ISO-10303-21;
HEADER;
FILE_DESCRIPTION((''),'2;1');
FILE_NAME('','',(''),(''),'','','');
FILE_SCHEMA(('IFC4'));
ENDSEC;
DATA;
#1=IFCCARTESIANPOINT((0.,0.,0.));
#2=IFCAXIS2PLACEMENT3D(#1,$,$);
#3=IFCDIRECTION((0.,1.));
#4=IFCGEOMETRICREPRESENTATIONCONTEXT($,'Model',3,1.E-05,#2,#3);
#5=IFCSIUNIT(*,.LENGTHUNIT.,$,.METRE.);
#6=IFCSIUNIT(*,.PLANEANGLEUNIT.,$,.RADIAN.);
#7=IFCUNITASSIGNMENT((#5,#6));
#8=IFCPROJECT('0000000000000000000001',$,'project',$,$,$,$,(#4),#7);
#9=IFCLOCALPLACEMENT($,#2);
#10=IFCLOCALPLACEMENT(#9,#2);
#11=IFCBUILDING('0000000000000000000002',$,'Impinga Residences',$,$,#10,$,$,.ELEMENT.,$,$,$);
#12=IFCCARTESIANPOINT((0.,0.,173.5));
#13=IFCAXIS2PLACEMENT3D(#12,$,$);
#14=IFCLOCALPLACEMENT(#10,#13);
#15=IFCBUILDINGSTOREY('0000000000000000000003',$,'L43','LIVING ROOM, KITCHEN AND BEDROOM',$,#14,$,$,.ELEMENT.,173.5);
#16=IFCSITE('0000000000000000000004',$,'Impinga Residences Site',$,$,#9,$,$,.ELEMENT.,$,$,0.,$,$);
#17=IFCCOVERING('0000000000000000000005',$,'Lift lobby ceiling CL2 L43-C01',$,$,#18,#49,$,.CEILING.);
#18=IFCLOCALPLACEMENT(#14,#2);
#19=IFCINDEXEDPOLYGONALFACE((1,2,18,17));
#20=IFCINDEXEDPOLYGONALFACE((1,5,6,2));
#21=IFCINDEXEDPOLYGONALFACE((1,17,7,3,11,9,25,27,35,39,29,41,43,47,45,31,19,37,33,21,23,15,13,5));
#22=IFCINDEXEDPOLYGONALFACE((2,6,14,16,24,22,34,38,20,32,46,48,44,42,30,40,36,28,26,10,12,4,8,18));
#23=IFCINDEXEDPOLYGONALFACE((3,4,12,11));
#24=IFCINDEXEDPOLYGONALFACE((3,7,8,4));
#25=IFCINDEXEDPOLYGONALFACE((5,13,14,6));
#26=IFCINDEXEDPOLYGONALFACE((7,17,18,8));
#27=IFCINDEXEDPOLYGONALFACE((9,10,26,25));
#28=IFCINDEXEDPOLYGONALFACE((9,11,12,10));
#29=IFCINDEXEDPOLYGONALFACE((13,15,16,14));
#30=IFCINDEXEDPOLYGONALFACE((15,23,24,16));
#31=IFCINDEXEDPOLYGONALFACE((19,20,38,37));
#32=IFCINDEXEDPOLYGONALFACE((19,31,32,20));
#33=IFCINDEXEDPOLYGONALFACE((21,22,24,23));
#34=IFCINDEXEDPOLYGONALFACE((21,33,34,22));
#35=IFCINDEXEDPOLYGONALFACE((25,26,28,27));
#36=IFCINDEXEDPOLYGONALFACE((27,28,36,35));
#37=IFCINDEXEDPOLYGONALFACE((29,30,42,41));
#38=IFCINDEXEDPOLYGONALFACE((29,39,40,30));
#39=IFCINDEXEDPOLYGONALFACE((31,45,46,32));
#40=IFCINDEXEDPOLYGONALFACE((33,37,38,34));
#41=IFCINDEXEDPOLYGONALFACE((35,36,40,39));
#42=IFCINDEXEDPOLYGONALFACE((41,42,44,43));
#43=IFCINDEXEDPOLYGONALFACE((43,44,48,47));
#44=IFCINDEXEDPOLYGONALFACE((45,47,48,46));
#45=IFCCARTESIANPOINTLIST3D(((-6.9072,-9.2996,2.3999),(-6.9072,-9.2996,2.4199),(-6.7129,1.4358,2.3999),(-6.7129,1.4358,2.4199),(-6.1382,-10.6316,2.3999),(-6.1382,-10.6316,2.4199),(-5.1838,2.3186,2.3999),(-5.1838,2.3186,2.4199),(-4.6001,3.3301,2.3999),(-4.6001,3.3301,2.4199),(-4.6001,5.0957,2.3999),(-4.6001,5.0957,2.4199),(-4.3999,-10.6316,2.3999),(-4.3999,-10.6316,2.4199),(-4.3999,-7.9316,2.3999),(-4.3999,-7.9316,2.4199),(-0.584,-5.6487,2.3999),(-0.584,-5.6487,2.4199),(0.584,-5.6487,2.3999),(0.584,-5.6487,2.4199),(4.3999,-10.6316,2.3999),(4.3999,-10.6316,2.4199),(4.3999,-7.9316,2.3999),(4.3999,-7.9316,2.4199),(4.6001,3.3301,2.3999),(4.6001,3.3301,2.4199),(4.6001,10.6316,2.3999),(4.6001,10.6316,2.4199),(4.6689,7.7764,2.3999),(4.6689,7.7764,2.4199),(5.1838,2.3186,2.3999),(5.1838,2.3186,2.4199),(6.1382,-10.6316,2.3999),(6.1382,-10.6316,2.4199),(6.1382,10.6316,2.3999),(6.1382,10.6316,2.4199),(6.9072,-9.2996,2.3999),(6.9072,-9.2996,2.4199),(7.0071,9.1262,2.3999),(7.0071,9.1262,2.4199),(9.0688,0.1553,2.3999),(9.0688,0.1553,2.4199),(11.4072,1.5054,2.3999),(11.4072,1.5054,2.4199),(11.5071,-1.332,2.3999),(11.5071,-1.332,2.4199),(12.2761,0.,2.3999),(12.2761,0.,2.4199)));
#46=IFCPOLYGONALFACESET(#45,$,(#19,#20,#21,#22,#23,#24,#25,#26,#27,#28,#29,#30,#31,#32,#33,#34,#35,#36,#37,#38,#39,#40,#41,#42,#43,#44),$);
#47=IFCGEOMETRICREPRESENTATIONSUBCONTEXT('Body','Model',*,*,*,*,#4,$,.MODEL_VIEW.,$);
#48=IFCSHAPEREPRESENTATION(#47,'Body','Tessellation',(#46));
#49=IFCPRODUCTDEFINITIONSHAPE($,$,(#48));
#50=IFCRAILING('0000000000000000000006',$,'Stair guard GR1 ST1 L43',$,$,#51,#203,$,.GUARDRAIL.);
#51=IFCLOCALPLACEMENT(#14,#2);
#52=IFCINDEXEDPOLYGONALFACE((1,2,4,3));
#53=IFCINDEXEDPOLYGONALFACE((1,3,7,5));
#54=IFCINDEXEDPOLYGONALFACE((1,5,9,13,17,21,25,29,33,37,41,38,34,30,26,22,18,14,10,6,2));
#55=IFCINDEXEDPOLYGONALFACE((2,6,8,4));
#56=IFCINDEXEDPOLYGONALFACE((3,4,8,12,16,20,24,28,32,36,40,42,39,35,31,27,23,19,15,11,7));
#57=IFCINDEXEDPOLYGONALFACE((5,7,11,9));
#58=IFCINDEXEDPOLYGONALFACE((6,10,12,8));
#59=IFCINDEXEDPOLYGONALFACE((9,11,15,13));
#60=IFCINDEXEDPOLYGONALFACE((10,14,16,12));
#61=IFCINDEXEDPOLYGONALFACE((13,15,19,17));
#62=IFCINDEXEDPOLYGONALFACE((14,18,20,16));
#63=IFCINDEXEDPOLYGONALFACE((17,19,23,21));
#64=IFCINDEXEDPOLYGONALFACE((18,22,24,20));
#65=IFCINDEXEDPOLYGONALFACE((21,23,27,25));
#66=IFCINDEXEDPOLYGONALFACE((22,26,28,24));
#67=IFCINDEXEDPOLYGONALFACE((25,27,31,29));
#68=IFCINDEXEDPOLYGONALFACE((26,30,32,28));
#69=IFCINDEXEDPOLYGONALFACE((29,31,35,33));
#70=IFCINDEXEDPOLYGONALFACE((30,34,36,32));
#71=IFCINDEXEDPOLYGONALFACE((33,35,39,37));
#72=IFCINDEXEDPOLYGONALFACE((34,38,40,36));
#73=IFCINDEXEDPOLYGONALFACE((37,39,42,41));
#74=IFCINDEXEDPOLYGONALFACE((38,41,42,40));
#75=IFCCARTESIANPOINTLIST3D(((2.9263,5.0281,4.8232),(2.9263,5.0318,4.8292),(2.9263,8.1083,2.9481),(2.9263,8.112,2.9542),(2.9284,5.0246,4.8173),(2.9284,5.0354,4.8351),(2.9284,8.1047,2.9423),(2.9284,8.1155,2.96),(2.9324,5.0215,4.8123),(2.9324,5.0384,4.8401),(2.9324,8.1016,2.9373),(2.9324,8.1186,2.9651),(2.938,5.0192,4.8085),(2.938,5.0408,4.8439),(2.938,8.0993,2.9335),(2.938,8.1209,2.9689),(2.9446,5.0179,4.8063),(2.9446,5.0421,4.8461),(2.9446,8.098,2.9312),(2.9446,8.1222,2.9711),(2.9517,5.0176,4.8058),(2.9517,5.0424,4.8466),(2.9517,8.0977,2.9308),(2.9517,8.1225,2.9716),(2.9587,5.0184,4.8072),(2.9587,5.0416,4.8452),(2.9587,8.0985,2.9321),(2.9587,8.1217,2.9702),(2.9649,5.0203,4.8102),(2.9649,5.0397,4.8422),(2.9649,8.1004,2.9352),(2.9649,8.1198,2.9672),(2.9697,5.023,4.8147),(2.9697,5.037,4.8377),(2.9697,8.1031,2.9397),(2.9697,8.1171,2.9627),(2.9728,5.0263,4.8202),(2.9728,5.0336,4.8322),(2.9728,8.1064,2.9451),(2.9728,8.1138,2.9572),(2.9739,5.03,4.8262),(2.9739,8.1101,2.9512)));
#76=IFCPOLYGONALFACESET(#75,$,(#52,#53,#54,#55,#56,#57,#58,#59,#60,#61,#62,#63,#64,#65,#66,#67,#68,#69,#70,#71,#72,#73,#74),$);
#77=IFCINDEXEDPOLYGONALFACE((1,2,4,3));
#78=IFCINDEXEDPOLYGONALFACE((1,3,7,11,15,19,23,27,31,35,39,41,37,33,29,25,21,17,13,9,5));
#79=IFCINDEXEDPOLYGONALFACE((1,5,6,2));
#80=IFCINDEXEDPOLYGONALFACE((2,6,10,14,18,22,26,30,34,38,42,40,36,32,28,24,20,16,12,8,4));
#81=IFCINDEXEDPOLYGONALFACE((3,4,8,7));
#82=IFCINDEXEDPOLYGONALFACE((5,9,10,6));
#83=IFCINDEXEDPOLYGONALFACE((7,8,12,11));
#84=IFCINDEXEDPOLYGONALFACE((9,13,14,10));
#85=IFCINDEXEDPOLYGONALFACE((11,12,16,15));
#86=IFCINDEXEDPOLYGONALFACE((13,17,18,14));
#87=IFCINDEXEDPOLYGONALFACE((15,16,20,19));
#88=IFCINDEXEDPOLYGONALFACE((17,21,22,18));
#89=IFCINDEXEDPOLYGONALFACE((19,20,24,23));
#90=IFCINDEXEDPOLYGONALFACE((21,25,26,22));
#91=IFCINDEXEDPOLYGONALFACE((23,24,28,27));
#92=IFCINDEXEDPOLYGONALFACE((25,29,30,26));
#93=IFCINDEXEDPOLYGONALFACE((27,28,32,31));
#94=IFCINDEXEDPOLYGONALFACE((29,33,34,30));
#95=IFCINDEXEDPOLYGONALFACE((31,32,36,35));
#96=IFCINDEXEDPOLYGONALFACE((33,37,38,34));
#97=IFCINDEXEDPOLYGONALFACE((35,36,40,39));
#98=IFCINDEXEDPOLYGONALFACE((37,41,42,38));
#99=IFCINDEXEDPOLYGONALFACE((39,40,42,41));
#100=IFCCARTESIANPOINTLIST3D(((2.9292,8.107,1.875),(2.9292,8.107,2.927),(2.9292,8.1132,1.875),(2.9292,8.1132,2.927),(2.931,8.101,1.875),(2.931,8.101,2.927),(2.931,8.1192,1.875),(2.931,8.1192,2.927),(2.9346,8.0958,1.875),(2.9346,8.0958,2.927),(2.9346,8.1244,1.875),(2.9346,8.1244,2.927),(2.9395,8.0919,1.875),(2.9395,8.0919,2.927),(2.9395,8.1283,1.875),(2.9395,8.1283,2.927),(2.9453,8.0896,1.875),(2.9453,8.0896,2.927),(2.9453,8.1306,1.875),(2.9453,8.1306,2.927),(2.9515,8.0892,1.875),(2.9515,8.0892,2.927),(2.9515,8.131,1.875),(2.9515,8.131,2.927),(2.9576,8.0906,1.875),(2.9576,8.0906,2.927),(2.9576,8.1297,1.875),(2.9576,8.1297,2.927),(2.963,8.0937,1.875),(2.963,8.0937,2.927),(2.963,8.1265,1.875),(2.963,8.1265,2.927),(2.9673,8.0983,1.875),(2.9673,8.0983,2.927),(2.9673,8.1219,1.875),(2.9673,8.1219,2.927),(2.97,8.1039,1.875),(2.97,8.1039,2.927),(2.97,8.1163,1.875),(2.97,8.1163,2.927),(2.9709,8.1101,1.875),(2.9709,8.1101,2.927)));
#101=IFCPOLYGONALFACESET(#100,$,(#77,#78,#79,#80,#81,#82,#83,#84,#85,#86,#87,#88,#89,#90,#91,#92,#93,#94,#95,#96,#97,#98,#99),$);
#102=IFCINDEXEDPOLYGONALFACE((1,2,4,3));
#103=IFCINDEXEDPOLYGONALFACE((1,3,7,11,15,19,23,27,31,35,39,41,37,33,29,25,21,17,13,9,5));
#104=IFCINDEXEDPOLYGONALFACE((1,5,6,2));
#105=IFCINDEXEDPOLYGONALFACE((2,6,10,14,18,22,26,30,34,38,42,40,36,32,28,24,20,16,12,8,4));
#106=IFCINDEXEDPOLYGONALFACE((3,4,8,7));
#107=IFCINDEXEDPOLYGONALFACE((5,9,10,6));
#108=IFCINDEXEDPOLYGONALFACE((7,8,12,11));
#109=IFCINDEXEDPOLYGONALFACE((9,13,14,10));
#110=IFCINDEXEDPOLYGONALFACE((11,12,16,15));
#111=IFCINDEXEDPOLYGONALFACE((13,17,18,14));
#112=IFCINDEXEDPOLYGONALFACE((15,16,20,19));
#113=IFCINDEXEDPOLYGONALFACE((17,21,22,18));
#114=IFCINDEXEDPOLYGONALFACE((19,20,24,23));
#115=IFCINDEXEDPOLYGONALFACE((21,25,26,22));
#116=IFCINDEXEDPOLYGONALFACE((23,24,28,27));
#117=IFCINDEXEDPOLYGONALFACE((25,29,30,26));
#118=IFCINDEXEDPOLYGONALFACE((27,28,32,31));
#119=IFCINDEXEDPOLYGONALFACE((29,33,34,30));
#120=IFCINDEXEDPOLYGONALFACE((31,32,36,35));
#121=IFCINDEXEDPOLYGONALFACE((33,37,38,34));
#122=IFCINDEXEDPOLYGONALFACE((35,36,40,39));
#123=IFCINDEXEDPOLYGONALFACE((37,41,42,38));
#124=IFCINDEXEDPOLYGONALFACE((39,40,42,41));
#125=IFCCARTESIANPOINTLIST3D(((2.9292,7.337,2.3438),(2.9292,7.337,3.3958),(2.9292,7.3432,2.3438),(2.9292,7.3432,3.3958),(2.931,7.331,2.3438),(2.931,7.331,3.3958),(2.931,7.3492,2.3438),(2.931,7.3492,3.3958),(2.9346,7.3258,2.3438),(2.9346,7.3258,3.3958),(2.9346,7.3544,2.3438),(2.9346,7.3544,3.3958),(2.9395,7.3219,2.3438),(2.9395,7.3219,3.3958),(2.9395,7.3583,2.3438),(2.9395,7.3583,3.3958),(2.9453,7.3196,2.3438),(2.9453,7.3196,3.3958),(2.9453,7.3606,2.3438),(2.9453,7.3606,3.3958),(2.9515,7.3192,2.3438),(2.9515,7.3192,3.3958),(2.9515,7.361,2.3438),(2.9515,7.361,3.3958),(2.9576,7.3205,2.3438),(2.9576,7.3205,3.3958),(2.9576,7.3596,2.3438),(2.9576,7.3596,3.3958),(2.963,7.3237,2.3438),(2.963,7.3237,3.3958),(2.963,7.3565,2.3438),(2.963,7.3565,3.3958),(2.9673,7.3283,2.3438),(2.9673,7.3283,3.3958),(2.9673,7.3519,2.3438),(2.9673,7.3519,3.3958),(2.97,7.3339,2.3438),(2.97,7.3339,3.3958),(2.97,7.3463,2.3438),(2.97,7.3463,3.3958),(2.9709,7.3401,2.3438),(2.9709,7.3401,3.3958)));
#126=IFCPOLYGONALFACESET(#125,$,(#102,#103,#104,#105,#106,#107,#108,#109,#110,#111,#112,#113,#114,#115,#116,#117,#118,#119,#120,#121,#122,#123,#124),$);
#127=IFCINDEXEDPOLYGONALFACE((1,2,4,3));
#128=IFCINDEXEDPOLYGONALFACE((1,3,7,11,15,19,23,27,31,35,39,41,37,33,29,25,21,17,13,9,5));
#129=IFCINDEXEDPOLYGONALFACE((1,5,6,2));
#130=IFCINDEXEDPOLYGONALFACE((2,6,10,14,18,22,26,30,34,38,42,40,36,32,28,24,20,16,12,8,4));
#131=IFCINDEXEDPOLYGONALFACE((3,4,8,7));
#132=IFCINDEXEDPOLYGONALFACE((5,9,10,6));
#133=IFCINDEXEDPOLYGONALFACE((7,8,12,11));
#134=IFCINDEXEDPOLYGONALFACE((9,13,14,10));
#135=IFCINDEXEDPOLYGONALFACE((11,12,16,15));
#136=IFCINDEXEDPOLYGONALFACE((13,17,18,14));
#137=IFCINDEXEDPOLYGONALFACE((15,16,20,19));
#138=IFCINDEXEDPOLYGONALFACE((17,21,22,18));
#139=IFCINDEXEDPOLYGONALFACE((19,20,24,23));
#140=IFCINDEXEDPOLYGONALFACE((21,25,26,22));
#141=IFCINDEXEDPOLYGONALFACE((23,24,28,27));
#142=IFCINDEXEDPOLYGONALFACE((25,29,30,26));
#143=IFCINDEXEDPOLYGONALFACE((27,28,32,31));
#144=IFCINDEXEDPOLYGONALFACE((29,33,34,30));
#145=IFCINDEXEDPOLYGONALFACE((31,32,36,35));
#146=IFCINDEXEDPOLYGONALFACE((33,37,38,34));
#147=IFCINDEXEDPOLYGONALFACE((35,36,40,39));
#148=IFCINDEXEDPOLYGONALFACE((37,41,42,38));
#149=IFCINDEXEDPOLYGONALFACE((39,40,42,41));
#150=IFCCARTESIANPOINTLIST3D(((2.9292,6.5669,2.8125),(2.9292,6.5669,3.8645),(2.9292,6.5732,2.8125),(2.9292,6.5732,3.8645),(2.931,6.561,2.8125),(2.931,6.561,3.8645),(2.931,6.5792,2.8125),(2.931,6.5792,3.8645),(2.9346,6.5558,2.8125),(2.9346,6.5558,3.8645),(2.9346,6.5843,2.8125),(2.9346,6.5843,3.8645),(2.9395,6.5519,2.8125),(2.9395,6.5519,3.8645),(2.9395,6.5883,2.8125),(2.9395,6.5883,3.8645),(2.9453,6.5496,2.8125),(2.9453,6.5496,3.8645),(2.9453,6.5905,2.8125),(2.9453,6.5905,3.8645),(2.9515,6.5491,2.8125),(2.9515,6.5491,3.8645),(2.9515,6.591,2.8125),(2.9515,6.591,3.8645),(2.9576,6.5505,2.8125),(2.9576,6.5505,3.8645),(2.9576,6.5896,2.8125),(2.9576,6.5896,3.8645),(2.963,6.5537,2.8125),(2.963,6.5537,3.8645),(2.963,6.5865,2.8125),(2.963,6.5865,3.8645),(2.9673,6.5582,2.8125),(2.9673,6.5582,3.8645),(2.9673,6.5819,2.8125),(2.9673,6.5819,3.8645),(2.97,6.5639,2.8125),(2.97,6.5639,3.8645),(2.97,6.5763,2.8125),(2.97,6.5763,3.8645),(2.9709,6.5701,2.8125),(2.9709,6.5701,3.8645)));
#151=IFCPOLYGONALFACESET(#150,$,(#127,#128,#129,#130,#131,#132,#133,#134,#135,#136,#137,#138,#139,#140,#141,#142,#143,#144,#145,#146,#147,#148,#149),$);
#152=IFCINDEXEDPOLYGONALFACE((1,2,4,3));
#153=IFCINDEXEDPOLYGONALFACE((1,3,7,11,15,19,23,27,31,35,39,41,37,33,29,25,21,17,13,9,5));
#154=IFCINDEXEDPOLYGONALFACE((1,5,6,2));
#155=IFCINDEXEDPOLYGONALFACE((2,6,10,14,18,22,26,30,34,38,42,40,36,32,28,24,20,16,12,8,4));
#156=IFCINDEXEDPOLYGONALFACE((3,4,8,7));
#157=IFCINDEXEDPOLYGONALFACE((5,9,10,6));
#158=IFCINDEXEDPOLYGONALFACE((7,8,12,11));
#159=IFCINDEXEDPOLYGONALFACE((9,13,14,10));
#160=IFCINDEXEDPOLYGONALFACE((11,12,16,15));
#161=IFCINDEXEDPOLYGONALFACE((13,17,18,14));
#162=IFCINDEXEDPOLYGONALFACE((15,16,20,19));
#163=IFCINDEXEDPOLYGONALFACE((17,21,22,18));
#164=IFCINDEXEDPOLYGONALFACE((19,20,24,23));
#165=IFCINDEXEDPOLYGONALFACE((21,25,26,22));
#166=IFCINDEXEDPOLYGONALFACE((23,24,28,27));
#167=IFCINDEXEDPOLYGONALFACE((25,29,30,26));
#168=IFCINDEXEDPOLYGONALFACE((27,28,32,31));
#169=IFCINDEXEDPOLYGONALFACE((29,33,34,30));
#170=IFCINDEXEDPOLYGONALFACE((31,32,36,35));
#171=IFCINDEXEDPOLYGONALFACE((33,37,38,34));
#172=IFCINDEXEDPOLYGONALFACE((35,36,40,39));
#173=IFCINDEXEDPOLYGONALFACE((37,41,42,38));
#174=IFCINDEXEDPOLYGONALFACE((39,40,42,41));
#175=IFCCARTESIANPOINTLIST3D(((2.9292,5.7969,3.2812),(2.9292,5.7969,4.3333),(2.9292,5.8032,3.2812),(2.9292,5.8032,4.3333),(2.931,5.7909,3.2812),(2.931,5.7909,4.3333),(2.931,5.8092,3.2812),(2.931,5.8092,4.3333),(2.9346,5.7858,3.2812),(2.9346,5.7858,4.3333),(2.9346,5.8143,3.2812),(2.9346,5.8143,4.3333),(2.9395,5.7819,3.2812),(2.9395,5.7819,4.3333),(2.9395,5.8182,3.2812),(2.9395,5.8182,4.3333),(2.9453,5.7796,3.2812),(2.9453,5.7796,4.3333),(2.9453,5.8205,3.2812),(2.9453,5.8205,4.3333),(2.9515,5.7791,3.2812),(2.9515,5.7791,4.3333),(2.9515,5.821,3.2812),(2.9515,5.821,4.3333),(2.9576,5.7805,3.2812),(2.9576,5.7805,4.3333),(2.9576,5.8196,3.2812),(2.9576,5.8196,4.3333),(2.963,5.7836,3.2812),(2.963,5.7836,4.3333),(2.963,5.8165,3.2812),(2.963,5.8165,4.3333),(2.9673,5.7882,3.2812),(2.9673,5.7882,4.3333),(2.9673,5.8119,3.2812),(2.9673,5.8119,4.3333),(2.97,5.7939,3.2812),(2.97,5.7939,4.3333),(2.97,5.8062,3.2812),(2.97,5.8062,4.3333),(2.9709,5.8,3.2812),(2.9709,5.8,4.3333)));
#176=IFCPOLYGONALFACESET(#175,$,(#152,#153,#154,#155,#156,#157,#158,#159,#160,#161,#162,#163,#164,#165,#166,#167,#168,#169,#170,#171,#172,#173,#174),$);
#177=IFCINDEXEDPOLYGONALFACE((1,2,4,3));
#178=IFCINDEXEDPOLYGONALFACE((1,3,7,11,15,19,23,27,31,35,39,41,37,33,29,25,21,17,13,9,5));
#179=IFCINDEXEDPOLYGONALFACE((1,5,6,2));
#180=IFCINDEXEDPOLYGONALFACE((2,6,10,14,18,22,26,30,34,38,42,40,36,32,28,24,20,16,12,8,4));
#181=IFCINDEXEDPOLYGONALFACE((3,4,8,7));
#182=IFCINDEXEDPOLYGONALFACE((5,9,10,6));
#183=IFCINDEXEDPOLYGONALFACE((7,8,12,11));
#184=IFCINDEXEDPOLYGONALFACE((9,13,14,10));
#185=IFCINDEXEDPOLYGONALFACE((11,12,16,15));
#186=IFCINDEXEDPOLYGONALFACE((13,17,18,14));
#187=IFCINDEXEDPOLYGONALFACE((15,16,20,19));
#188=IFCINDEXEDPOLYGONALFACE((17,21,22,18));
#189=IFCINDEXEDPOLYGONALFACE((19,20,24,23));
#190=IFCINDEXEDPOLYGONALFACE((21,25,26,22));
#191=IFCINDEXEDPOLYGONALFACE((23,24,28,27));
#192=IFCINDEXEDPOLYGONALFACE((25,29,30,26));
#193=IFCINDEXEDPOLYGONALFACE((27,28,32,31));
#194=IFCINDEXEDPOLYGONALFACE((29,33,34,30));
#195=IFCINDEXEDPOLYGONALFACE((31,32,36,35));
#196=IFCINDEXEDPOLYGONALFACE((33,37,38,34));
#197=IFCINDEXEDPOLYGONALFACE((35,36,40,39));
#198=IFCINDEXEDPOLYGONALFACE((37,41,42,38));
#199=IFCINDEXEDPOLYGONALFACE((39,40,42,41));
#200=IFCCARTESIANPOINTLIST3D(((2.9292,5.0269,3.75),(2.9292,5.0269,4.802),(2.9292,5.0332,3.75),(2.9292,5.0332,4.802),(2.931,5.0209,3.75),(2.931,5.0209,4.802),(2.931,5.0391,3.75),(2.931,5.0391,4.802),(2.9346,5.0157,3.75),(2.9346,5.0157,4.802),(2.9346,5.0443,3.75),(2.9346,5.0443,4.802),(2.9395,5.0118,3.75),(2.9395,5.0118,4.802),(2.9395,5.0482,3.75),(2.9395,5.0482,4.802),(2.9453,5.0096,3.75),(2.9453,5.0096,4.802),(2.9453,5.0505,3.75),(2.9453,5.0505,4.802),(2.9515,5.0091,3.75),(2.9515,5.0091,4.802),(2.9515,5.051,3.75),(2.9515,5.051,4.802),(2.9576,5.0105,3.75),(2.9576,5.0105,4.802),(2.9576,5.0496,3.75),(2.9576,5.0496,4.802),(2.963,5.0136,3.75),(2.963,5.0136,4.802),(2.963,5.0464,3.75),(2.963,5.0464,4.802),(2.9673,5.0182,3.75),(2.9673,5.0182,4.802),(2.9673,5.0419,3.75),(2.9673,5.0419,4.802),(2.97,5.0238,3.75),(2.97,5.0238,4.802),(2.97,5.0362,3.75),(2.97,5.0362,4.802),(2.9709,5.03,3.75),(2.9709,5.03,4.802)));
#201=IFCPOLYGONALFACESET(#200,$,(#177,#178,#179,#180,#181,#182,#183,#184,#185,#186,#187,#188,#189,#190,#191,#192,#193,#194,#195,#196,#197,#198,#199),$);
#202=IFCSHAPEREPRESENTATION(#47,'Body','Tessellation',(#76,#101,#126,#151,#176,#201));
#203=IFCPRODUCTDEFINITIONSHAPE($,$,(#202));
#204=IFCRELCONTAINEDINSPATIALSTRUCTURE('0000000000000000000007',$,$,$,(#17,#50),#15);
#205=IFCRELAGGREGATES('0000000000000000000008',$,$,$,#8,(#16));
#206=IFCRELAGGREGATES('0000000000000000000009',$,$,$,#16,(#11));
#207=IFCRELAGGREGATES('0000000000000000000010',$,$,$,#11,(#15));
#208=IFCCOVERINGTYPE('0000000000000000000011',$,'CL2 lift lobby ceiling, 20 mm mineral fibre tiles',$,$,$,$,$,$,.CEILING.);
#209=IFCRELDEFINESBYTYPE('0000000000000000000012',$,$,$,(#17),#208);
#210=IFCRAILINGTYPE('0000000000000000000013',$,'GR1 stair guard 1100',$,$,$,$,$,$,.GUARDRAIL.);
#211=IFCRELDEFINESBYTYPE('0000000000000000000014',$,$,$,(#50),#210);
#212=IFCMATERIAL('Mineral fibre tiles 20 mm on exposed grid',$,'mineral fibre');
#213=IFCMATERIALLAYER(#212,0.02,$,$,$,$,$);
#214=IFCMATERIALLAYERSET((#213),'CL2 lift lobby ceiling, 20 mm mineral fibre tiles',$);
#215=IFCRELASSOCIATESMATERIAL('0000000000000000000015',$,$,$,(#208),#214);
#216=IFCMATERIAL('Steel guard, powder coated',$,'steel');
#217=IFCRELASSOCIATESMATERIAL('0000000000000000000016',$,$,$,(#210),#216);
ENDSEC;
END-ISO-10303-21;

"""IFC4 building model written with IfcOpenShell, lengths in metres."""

from ifc_helpers import new_model, si_unit, direction, frame, origin, origin_2d, place, context, subcontext, project, spatial, polyline, circle, outline, extrude, material, layer, layer_set, type_object, element, save


model = new_model("IFC4")

# Units and contexts
model_context = context("Model", 3, precision=1e-05, world=origin(), true_north=direction((0.0, 1.0)))
body_context = subcontext(model_context, "Body", "Model", "MODEL_VIEW")
ifc_project = project(units=[si_unit("LENGTHUNIT", "METRE"), si_unit("PLANEANGLEUNIT", "RADIAN")], contexts=[model_context])

# Site, building, storey
site_placement = place(None, origin())
site = spatial("IfcSite", under=ifc_project, at=site_placement, Name="Impinga Residences Site", CompositionType="ELEMENT", RefElevation=0.0)
building_placement = place(site_placement, origin())
building = spatial("IfcBuilding", under=site, at=building_placement, Name="Impinga Residences", CompositionType="ELEMENT")
storey_placement = place(building_placement, frame((0.0, 0.0, 173.5)))
storey = spatial("IfcBuildingStorey", under=building, at=storey_placement, Name="L43", Description="LIVING ROOM, KITCHEN AND BEDROOM", CompositionType="ELEMENT", Elevation=173.5)

# Covering
ifc_material_1 = material(Name="Mineral fibre tiles 20 mm on exposed grid", Category="mineral fibre")
ifc_layer_1 = layer(ifc_material_1, 0.02)
ifc_layer_set_1 = layer_set([ifc_layer_1], Name="CL2 lift lobby ceiling, 20 mm mineral fibre tiles")
covering_type_1 = type_object("IfcCoveringType", Name="CL2 lift lobby ceiling, 20 mm mineral fibre tiles", PredefinedType="CEILING", material=ifc_layer_set_1)
covering_1_placement = place(storey_placement, frame((0.0, 0.0, 2.3999)))
element("IfcCovering", 1, at=covering_1_placement, inside=storey, type_object=covering_type_1, Name="Lift lobby ceiling CL2 L43-C01", PredefinedType="CEILING", context=body_context, shape_type="SweptSolid", body=[
    extrude(outline(polyline([(5.1838, 2.3186), (0.584, -5.6487), (6.9072, -9.2996), (6.1382, -10.6316), (4.3999, -10.6316), (4.3999, -7.9316), (-4.3999, -7.9316), (-4.3999, -10.6316), (-6.1382, -10.6316), (-6.9072, -9.2996), (-0.584, -5.6487), (-5.1838, 2.3186), (-6.7129, 1.4358), (-4.6001, 5.0957), (-4.6001, 3.3301), (4.6001, 3.3301), (4.6001, 10.6316), (6.1382, 10.6316), (7.0071, 9.1262), (4.6689, 7.7764), (9.0688, 0.1553), (11.4072, 1.5054), (12.2761, 0.0), (11.5071, -1.332), (5.1838, 2.3186)])), origin(), (0.0, 0.0, 1.0), 0.02),
])

# Railing
ifc_material_2 = material(Name="Steel guard, powder coated", Category="steel")
railing_type_1 = type_object("IfcRailingType", Name="GR1 stair guard 1100", PredefinedType="GUARDRAIL", material=ifc_material_2)
railing_1_placement = place(storey_placement, frame((2.95, 8.1101, 1.875)))
element("IfcRailing", 2, at=railing_1_placement, inside=storey, type_object=railing_type_1, Name="Stair guard GR1 ST1 L43", PredefinedType="GUARDRAIL", context=body_context, shape_type="SweptSolid", body=[
    extrude(circle(Radius=0.0239, at=origin_2d()), frame((0.0, 0.0, 1.0762), z_axis=(0.0, -0.854178, 0.519981), x_axis=(1.0, 0.0, 0.0)), (0.0, 0.0, 1.0), 3.606),
    extrude(circle(Radius=0.021, at=origin_2d()), origin(), (0.0, 0.0, 1.0), 1.052),
    extrude(circle(Radius=0.021, at=origin_2d()), frame((0.0, -0.77, 0.4688)), (0.0, 0.0, 1.0), 1.052),
    extrude(circle(Radius=0.021, at=origin_2d()), frame((0.0, -1.54, 0.9375)), (0.0, 0.0, 1.0), 1.052),
    extrude(circle(Radius=0.021, at=origin_2d()), frame((0.0, -2.3101, 1.4062)), (0.0, 0.0, 1.0), 1.052),
    extrude(circle(Radius=0.021, at=origin_2d()), frame((0.0, -3.0801, 1.875)), (0.0, 0.0, 1.0), 1.052),
])

save(model, "model.ifc")
